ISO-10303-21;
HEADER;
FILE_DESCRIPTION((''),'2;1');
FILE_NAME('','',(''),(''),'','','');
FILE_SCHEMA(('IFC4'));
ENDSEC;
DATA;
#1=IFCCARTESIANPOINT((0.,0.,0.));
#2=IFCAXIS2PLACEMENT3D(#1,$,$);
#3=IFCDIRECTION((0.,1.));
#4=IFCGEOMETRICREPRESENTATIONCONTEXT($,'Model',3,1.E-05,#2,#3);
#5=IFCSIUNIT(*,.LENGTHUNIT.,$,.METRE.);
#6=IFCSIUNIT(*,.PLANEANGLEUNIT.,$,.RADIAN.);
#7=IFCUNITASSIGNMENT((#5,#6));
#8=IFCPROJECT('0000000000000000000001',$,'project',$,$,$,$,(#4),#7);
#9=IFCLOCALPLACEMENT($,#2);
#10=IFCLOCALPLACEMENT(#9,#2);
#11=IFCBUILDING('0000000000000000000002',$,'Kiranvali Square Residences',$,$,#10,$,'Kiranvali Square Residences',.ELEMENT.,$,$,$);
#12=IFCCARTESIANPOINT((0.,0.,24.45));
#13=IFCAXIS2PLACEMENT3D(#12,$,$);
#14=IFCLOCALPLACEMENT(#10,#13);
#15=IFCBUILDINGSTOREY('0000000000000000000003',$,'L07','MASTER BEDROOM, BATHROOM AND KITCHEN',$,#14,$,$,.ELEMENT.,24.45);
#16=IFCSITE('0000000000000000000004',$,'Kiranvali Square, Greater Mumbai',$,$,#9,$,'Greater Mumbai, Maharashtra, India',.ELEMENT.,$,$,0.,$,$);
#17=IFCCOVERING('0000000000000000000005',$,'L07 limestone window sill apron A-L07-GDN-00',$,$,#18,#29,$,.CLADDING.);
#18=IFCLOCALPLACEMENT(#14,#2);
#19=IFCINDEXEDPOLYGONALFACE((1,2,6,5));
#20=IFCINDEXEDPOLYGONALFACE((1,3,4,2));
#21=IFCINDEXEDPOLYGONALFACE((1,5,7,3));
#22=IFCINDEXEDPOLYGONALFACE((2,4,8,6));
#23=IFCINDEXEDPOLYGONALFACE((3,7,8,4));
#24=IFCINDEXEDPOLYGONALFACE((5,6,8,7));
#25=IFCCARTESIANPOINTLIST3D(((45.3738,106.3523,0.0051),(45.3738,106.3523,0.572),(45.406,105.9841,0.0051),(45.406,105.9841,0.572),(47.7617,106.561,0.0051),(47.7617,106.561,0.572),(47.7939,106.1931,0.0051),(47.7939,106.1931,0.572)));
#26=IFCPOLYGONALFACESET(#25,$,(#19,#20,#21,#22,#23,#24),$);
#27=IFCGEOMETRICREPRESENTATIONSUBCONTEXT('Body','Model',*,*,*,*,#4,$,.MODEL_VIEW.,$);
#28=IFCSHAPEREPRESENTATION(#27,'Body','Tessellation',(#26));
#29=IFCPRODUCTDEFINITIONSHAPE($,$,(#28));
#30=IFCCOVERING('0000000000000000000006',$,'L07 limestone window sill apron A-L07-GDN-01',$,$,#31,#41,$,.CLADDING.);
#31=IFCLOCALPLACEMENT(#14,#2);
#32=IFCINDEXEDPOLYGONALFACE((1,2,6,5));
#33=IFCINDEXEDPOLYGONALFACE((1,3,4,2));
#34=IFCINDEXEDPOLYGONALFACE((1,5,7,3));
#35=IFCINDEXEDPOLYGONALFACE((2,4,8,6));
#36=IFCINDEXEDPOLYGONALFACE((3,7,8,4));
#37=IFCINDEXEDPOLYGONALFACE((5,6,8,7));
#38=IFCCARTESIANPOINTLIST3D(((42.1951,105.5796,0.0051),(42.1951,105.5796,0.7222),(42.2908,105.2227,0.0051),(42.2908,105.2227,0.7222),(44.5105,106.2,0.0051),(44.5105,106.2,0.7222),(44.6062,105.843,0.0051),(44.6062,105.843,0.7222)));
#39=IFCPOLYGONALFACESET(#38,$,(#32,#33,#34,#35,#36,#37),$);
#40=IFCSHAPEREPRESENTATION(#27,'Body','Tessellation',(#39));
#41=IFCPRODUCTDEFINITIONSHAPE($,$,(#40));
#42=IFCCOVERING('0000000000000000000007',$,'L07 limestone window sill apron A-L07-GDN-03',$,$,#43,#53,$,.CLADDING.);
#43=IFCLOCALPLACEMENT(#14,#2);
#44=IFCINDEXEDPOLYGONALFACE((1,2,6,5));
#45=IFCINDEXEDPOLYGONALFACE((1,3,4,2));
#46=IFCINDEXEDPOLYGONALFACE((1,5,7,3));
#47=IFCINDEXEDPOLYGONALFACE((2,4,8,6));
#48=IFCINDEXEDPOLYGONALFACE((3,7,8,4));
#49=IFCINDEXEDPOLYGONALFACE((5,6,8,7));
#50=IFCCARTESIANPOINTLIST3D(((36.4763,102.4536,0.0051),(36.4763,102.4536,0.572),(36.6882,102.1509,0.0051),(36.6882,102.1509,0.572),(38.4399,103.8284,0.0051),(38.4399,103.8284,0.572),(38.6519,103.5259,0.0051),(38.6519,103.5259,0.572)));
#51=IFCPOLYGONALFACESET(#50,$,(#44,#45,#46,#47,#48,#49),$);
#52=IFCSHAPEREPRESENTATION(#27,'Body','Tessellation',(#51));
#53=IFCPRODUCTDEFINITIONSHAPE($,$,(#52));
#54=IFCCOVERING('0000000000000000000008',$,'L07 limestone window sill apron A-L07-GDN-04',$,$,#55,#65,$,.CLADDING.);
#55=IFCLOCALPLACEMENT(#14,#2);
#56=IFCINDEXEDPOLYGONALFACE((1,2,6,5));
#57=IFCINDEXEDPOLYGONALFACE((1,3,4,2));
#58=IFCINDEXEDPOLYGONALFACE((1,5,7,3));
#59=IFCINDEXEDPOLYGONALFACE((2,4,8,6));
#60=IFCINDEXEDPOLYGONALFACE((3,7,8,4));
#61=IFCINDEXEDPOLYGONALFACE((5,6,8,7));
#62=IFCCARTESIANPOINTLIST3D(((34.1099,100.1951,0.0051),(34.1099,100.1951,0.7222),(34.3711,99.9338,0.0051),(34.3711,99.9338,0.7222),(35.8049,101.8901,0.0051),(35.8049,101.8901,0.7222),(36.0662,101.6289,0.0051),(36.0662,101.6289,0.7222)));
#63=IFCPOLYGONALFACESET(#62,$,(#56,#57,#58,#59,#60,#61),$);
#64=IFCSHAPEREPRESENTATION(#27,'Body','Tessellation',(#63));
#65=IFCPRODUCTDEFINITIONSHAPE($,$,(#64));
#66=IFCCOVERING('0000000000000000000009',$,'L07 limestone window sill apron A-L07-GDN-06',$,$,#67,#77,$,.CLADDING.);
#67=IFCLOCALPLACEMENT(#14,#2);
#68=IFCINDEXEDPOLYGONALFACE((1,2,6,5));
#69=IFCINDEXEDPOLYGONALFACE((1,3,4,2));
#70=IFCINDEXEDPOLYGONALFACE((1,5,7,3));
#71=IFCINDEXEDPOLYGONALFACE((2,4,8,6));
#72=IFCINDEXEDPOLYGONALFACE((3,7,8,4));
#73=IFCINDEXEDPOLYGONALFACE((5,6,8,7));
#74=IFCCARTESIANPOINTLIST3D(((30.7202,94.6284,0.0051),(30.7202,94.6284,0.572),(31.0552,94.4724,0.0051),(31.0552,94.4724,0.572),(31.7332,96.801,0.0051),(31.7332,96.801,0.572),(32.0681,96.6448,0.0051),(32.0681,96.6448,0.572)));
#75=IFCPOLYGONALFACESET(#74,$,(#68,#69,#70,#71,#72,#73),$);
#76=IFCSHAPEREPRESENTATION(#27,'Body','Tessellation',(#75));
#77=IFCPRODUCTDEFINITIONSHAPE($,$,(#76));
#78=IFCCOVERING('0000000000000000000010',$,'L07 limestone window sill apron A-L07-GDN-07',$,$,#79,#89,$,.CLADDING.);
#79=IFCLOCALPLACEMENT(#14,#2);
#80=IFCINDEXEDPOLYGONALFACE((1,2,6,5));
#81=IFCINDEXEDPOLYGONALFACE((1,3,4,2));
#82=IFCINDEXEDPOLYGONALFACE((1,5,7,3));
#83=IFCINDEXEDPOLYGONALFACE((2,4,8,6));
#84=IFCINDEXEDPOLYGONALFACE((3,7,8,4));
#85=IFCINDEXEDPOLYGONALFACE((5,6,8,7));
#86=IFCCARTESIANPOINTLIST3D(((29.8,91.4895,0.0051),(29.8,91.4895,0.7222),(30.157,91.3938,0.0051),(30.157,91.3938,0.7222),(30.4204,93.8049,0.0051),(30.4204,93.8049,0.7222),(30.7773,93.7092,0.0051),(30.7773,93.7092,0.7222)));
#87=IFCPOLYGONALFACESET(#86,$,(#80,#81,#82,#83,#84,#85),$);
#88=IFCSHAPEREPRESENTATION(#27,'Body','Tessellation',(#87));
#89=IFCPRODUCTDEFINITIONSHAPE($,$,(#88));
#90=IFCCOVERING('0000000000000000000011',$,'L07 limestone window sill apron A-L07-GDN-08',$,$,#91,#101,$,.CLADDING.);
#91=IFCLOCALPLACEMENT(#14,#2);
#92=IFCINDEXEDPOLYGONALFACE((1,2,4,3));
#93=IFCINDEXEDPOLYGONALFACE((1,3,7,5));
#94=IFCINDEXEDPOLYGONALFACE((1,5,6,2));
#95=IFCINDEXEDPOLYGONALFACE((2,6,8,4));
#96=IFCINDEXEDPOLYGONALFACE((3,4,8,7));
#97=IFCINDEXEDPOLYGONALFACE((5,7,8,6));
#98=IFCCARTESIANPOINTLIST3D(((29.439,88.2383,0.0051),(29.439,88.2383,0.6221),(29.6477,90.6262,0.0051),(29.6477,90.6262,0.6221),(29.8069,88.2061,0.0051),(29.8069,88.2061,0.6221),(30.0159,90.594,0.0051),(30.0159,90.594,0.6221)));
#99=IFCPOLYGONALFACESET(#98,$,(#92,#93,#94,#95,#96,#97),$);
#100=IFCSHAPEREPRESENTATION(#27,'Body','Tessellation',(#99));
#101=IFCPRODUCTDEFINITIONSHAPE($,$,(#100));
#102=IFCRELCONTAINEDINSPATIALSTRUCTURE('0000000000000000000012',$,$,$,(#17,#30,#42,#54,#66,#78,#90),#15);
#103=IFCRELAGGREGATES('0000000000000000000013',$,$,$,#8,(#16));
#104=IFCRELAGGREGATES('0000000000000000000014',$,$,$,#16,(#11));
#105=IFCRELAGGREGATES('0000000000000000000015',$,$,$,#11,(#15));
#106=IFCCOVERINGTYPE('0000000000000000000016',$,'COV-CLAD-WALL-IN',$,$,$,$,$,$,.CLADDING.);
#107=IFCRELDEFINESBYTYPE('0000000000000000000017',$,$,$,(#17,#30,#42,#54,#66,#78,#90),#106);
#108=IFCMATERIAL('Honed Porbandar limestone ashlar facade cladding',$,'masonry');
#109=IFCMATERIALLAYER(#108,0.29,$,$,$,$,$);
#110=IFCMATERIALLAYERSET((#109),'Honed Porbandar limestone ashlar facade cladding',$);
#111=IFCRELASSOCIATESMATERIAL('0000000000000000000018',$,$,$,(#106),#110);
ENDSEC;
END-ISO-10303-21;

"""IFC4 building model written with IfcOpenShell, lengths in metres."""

from ifc_helpers import new_model, si_unit, direction, frame, origin, place, context, subcontext, project, spatial, polyline, outline, extrude, material, layer, layer_set, type_object, element, save


model = new_model("IFC4")

# Units and contexts
model_context = context("Model", 3, precision=1e-05, world=origin(), true_north=direction((0.0, 1.0)))
body_context = subcontext(model_context, "Body", "Model", "MODEL_VIEW")
ifc_project = project(units=[si_unit("LENGTHUNIT", "METRE"), si_unit("PLANEANGLEUNIT", "RADIAN")], contexts=[model_context])

# Site, building, storey
site_placement = place(None, origin())
site = spatial("IfcSite", under=ifc_project, at=site_placement, Name="Kiranvali Square, Greater Mumbai", LongName="Greater Mumbai, Maharashtra, India", CompositionType="ELEMENT", RefElevation=0.0)
building_placement = place(site_placement, origin())
building = spatial("IfcBuilding", under=site, at=building_placement, Name="Kiranvali Square Residences", LongName="Kiranvali Square Residences", CompositionType="ELEMENT")
storey_placement = place(building_placement, frame((0.0, 0.0, 24.45)))
storey = spatial("IfcBuildingStorey", under=building, at=storey_placement, Name="L07", Description="MASTER BEDROOM, BATHROOM AND KITCHEN", CompositionType="ELEMENT", Elevation=24.45)

# Coverings
ifc_material = material(Name="Honed Porbandar limestone ashlar facade cladding", Category="masonry")
ifc_layer_1 = layer(ifc_material, 0.29)
ifc_layer_set_1 = layer_set([ifc_layer_1], Name="Honed Porbandar limestone ashlar facade cladding")
covering_type_1 = type_object("IfcCoveringType", Name="COV-CLAD-WALL-IN", PredefinedType="CLADDING", material=ifc_layer_set_1)
covering_1_placement = place(storey_placement, frame((0.0, 0.0, 0.0051)))
element("IfcCovering", 1, at=covering_1_placement, inside=storey, type_object=covering_type_1, Name="L07 limestone window sill apron A-L07-GDN-00", PredefinedType="CLADDING", context=body_context, shape_type="SweptSolid", body=[
    extrude(outline(polyline([(47.7617, 106.561), (45.3738, 106.3523), (45.406, 105.9841), (47.7939, 106.1931), (47.7617, 106.561)])), origin(), (0.0, 0.0, 1.0), 0.5669),
])
covering_2_placement = place(storey_placement, frame((0.0, 0.0, 0.0051)))
element("IfcCovering", 2, at=covering_2_placement, inside=storey, type_object=covering_type_1, Name="L07 limestone window sill apron A-L07-GDN-01", PredefinedType="CLADDING", context=body_context, shape_type="SweptSolid", body=[
    extrude(outline(polyline([(44.5105, 106.2), (42.1951, 105.5796), (42.2908, 105.2227), (44.6062, 105.843), (44.5105, 106.2)])), origin(), (0.0, 0.0, 1.0), 0.717),
])
covering_3_placement = place(storey_placement, frame((0.0, 0.0, 0.0051)))
element("IfcCovering", 3, at=covering_3_placement, inside=storey, type_object=covering_type_1, Name="L07 limestone window sill apron A-L07-GDN-03", PredefinedType="CLADDING", context=body_context, shape_type="SweptSolid", body=[
    extrude(outline(polyline([(38.4399, 103.8284), (36.4763, 102.4536), (36.6882, 102.1509), (38.6519, 103.5259), (38.4399, 103.8284)])), origin(), (0.0, 0.0, 1.0), 0.5669),
])
covering_4_placement = place(storey_placement, frame((0.0, 0.0, 0.0051)))
element("IfcCovering", 4, at=covering_4_placement, inside=storey, type_object=covering_type_1, Name="L07 limestone window sill apron A-L07-GDN-04", PredefinedType="CLADDING", context=body_context, shape_type="SweptSolid", body=[
    extrude(outline(polyline([(35.8049, 101.8901), (34.1099, 100.1951), (34.3711, 99.9338), (36.0662, 101.6289), (35.8049, 101.8901)])), origin(), (0.0, 0.0, 1.0), 0.717),
])
covering_5_placement = place(storey_placement, frame((0.0, 0.0, 0.0051)))
element("IfcCovering", 5, at=covering_5_placement, inside=storey, type_object=covering_type_1, Name="L07 limestone window sill apron A-L07-GDN-06", PredefinedType="CLADDING", context=body_context, shape_type="SweptSolid", body=[
    extrude(outline(polyline([(31.7332, 96.801), (30.7202, 94.6284), (31.0552, 94.4724), (32.0681, 96.6448), (31.7332, 96.801)])), origin(), (0.0, 0.0, 1.0), 0.5669),
])
covering_6_placement = place(storey_placement, frame((0.0, 0.0, 0.0051)))
element("IfcCovering", 6, at=covering_6_placement, inside=storey, type_object=covering_type_1, Name="L07 limestone window sill apron A-L07-GDN-07", PredefinedType="CLADDING", context=body_context, shape_type="SweptSolid", body=[
    extrude(outline(polyline([(30.4204, 93.8049), (29.8, 91.4895), (30.157, 91.3938), (30.7773, 93.7092), (30.4204, 93.8049)])), origin(), (0.0, 0.0, 1.0), 0.717),
])
covering_7_placement = place(storey_placement, frame((0.0, 0.0, 0.0051)))
element("IfcCovering", 7, at=covering_7_placement, inside=storey, type_object=covering_type_1, Name="L07 limestone window sill apron A-L07-GDN-08", PredefinedType="CLADDING", context=body_context, shape_type="SweptSolid", body=[
    extrude(outline(polyline([(29.6477, 90.6262), (29.439, 88.2383), (29.8069, 88.2061), (30.0159, 90.594), (29.6477, 90.6262)])), origin(), (0.0, 0.0, 1.0), 0.6169),
])

save(model, "model.ifc")
